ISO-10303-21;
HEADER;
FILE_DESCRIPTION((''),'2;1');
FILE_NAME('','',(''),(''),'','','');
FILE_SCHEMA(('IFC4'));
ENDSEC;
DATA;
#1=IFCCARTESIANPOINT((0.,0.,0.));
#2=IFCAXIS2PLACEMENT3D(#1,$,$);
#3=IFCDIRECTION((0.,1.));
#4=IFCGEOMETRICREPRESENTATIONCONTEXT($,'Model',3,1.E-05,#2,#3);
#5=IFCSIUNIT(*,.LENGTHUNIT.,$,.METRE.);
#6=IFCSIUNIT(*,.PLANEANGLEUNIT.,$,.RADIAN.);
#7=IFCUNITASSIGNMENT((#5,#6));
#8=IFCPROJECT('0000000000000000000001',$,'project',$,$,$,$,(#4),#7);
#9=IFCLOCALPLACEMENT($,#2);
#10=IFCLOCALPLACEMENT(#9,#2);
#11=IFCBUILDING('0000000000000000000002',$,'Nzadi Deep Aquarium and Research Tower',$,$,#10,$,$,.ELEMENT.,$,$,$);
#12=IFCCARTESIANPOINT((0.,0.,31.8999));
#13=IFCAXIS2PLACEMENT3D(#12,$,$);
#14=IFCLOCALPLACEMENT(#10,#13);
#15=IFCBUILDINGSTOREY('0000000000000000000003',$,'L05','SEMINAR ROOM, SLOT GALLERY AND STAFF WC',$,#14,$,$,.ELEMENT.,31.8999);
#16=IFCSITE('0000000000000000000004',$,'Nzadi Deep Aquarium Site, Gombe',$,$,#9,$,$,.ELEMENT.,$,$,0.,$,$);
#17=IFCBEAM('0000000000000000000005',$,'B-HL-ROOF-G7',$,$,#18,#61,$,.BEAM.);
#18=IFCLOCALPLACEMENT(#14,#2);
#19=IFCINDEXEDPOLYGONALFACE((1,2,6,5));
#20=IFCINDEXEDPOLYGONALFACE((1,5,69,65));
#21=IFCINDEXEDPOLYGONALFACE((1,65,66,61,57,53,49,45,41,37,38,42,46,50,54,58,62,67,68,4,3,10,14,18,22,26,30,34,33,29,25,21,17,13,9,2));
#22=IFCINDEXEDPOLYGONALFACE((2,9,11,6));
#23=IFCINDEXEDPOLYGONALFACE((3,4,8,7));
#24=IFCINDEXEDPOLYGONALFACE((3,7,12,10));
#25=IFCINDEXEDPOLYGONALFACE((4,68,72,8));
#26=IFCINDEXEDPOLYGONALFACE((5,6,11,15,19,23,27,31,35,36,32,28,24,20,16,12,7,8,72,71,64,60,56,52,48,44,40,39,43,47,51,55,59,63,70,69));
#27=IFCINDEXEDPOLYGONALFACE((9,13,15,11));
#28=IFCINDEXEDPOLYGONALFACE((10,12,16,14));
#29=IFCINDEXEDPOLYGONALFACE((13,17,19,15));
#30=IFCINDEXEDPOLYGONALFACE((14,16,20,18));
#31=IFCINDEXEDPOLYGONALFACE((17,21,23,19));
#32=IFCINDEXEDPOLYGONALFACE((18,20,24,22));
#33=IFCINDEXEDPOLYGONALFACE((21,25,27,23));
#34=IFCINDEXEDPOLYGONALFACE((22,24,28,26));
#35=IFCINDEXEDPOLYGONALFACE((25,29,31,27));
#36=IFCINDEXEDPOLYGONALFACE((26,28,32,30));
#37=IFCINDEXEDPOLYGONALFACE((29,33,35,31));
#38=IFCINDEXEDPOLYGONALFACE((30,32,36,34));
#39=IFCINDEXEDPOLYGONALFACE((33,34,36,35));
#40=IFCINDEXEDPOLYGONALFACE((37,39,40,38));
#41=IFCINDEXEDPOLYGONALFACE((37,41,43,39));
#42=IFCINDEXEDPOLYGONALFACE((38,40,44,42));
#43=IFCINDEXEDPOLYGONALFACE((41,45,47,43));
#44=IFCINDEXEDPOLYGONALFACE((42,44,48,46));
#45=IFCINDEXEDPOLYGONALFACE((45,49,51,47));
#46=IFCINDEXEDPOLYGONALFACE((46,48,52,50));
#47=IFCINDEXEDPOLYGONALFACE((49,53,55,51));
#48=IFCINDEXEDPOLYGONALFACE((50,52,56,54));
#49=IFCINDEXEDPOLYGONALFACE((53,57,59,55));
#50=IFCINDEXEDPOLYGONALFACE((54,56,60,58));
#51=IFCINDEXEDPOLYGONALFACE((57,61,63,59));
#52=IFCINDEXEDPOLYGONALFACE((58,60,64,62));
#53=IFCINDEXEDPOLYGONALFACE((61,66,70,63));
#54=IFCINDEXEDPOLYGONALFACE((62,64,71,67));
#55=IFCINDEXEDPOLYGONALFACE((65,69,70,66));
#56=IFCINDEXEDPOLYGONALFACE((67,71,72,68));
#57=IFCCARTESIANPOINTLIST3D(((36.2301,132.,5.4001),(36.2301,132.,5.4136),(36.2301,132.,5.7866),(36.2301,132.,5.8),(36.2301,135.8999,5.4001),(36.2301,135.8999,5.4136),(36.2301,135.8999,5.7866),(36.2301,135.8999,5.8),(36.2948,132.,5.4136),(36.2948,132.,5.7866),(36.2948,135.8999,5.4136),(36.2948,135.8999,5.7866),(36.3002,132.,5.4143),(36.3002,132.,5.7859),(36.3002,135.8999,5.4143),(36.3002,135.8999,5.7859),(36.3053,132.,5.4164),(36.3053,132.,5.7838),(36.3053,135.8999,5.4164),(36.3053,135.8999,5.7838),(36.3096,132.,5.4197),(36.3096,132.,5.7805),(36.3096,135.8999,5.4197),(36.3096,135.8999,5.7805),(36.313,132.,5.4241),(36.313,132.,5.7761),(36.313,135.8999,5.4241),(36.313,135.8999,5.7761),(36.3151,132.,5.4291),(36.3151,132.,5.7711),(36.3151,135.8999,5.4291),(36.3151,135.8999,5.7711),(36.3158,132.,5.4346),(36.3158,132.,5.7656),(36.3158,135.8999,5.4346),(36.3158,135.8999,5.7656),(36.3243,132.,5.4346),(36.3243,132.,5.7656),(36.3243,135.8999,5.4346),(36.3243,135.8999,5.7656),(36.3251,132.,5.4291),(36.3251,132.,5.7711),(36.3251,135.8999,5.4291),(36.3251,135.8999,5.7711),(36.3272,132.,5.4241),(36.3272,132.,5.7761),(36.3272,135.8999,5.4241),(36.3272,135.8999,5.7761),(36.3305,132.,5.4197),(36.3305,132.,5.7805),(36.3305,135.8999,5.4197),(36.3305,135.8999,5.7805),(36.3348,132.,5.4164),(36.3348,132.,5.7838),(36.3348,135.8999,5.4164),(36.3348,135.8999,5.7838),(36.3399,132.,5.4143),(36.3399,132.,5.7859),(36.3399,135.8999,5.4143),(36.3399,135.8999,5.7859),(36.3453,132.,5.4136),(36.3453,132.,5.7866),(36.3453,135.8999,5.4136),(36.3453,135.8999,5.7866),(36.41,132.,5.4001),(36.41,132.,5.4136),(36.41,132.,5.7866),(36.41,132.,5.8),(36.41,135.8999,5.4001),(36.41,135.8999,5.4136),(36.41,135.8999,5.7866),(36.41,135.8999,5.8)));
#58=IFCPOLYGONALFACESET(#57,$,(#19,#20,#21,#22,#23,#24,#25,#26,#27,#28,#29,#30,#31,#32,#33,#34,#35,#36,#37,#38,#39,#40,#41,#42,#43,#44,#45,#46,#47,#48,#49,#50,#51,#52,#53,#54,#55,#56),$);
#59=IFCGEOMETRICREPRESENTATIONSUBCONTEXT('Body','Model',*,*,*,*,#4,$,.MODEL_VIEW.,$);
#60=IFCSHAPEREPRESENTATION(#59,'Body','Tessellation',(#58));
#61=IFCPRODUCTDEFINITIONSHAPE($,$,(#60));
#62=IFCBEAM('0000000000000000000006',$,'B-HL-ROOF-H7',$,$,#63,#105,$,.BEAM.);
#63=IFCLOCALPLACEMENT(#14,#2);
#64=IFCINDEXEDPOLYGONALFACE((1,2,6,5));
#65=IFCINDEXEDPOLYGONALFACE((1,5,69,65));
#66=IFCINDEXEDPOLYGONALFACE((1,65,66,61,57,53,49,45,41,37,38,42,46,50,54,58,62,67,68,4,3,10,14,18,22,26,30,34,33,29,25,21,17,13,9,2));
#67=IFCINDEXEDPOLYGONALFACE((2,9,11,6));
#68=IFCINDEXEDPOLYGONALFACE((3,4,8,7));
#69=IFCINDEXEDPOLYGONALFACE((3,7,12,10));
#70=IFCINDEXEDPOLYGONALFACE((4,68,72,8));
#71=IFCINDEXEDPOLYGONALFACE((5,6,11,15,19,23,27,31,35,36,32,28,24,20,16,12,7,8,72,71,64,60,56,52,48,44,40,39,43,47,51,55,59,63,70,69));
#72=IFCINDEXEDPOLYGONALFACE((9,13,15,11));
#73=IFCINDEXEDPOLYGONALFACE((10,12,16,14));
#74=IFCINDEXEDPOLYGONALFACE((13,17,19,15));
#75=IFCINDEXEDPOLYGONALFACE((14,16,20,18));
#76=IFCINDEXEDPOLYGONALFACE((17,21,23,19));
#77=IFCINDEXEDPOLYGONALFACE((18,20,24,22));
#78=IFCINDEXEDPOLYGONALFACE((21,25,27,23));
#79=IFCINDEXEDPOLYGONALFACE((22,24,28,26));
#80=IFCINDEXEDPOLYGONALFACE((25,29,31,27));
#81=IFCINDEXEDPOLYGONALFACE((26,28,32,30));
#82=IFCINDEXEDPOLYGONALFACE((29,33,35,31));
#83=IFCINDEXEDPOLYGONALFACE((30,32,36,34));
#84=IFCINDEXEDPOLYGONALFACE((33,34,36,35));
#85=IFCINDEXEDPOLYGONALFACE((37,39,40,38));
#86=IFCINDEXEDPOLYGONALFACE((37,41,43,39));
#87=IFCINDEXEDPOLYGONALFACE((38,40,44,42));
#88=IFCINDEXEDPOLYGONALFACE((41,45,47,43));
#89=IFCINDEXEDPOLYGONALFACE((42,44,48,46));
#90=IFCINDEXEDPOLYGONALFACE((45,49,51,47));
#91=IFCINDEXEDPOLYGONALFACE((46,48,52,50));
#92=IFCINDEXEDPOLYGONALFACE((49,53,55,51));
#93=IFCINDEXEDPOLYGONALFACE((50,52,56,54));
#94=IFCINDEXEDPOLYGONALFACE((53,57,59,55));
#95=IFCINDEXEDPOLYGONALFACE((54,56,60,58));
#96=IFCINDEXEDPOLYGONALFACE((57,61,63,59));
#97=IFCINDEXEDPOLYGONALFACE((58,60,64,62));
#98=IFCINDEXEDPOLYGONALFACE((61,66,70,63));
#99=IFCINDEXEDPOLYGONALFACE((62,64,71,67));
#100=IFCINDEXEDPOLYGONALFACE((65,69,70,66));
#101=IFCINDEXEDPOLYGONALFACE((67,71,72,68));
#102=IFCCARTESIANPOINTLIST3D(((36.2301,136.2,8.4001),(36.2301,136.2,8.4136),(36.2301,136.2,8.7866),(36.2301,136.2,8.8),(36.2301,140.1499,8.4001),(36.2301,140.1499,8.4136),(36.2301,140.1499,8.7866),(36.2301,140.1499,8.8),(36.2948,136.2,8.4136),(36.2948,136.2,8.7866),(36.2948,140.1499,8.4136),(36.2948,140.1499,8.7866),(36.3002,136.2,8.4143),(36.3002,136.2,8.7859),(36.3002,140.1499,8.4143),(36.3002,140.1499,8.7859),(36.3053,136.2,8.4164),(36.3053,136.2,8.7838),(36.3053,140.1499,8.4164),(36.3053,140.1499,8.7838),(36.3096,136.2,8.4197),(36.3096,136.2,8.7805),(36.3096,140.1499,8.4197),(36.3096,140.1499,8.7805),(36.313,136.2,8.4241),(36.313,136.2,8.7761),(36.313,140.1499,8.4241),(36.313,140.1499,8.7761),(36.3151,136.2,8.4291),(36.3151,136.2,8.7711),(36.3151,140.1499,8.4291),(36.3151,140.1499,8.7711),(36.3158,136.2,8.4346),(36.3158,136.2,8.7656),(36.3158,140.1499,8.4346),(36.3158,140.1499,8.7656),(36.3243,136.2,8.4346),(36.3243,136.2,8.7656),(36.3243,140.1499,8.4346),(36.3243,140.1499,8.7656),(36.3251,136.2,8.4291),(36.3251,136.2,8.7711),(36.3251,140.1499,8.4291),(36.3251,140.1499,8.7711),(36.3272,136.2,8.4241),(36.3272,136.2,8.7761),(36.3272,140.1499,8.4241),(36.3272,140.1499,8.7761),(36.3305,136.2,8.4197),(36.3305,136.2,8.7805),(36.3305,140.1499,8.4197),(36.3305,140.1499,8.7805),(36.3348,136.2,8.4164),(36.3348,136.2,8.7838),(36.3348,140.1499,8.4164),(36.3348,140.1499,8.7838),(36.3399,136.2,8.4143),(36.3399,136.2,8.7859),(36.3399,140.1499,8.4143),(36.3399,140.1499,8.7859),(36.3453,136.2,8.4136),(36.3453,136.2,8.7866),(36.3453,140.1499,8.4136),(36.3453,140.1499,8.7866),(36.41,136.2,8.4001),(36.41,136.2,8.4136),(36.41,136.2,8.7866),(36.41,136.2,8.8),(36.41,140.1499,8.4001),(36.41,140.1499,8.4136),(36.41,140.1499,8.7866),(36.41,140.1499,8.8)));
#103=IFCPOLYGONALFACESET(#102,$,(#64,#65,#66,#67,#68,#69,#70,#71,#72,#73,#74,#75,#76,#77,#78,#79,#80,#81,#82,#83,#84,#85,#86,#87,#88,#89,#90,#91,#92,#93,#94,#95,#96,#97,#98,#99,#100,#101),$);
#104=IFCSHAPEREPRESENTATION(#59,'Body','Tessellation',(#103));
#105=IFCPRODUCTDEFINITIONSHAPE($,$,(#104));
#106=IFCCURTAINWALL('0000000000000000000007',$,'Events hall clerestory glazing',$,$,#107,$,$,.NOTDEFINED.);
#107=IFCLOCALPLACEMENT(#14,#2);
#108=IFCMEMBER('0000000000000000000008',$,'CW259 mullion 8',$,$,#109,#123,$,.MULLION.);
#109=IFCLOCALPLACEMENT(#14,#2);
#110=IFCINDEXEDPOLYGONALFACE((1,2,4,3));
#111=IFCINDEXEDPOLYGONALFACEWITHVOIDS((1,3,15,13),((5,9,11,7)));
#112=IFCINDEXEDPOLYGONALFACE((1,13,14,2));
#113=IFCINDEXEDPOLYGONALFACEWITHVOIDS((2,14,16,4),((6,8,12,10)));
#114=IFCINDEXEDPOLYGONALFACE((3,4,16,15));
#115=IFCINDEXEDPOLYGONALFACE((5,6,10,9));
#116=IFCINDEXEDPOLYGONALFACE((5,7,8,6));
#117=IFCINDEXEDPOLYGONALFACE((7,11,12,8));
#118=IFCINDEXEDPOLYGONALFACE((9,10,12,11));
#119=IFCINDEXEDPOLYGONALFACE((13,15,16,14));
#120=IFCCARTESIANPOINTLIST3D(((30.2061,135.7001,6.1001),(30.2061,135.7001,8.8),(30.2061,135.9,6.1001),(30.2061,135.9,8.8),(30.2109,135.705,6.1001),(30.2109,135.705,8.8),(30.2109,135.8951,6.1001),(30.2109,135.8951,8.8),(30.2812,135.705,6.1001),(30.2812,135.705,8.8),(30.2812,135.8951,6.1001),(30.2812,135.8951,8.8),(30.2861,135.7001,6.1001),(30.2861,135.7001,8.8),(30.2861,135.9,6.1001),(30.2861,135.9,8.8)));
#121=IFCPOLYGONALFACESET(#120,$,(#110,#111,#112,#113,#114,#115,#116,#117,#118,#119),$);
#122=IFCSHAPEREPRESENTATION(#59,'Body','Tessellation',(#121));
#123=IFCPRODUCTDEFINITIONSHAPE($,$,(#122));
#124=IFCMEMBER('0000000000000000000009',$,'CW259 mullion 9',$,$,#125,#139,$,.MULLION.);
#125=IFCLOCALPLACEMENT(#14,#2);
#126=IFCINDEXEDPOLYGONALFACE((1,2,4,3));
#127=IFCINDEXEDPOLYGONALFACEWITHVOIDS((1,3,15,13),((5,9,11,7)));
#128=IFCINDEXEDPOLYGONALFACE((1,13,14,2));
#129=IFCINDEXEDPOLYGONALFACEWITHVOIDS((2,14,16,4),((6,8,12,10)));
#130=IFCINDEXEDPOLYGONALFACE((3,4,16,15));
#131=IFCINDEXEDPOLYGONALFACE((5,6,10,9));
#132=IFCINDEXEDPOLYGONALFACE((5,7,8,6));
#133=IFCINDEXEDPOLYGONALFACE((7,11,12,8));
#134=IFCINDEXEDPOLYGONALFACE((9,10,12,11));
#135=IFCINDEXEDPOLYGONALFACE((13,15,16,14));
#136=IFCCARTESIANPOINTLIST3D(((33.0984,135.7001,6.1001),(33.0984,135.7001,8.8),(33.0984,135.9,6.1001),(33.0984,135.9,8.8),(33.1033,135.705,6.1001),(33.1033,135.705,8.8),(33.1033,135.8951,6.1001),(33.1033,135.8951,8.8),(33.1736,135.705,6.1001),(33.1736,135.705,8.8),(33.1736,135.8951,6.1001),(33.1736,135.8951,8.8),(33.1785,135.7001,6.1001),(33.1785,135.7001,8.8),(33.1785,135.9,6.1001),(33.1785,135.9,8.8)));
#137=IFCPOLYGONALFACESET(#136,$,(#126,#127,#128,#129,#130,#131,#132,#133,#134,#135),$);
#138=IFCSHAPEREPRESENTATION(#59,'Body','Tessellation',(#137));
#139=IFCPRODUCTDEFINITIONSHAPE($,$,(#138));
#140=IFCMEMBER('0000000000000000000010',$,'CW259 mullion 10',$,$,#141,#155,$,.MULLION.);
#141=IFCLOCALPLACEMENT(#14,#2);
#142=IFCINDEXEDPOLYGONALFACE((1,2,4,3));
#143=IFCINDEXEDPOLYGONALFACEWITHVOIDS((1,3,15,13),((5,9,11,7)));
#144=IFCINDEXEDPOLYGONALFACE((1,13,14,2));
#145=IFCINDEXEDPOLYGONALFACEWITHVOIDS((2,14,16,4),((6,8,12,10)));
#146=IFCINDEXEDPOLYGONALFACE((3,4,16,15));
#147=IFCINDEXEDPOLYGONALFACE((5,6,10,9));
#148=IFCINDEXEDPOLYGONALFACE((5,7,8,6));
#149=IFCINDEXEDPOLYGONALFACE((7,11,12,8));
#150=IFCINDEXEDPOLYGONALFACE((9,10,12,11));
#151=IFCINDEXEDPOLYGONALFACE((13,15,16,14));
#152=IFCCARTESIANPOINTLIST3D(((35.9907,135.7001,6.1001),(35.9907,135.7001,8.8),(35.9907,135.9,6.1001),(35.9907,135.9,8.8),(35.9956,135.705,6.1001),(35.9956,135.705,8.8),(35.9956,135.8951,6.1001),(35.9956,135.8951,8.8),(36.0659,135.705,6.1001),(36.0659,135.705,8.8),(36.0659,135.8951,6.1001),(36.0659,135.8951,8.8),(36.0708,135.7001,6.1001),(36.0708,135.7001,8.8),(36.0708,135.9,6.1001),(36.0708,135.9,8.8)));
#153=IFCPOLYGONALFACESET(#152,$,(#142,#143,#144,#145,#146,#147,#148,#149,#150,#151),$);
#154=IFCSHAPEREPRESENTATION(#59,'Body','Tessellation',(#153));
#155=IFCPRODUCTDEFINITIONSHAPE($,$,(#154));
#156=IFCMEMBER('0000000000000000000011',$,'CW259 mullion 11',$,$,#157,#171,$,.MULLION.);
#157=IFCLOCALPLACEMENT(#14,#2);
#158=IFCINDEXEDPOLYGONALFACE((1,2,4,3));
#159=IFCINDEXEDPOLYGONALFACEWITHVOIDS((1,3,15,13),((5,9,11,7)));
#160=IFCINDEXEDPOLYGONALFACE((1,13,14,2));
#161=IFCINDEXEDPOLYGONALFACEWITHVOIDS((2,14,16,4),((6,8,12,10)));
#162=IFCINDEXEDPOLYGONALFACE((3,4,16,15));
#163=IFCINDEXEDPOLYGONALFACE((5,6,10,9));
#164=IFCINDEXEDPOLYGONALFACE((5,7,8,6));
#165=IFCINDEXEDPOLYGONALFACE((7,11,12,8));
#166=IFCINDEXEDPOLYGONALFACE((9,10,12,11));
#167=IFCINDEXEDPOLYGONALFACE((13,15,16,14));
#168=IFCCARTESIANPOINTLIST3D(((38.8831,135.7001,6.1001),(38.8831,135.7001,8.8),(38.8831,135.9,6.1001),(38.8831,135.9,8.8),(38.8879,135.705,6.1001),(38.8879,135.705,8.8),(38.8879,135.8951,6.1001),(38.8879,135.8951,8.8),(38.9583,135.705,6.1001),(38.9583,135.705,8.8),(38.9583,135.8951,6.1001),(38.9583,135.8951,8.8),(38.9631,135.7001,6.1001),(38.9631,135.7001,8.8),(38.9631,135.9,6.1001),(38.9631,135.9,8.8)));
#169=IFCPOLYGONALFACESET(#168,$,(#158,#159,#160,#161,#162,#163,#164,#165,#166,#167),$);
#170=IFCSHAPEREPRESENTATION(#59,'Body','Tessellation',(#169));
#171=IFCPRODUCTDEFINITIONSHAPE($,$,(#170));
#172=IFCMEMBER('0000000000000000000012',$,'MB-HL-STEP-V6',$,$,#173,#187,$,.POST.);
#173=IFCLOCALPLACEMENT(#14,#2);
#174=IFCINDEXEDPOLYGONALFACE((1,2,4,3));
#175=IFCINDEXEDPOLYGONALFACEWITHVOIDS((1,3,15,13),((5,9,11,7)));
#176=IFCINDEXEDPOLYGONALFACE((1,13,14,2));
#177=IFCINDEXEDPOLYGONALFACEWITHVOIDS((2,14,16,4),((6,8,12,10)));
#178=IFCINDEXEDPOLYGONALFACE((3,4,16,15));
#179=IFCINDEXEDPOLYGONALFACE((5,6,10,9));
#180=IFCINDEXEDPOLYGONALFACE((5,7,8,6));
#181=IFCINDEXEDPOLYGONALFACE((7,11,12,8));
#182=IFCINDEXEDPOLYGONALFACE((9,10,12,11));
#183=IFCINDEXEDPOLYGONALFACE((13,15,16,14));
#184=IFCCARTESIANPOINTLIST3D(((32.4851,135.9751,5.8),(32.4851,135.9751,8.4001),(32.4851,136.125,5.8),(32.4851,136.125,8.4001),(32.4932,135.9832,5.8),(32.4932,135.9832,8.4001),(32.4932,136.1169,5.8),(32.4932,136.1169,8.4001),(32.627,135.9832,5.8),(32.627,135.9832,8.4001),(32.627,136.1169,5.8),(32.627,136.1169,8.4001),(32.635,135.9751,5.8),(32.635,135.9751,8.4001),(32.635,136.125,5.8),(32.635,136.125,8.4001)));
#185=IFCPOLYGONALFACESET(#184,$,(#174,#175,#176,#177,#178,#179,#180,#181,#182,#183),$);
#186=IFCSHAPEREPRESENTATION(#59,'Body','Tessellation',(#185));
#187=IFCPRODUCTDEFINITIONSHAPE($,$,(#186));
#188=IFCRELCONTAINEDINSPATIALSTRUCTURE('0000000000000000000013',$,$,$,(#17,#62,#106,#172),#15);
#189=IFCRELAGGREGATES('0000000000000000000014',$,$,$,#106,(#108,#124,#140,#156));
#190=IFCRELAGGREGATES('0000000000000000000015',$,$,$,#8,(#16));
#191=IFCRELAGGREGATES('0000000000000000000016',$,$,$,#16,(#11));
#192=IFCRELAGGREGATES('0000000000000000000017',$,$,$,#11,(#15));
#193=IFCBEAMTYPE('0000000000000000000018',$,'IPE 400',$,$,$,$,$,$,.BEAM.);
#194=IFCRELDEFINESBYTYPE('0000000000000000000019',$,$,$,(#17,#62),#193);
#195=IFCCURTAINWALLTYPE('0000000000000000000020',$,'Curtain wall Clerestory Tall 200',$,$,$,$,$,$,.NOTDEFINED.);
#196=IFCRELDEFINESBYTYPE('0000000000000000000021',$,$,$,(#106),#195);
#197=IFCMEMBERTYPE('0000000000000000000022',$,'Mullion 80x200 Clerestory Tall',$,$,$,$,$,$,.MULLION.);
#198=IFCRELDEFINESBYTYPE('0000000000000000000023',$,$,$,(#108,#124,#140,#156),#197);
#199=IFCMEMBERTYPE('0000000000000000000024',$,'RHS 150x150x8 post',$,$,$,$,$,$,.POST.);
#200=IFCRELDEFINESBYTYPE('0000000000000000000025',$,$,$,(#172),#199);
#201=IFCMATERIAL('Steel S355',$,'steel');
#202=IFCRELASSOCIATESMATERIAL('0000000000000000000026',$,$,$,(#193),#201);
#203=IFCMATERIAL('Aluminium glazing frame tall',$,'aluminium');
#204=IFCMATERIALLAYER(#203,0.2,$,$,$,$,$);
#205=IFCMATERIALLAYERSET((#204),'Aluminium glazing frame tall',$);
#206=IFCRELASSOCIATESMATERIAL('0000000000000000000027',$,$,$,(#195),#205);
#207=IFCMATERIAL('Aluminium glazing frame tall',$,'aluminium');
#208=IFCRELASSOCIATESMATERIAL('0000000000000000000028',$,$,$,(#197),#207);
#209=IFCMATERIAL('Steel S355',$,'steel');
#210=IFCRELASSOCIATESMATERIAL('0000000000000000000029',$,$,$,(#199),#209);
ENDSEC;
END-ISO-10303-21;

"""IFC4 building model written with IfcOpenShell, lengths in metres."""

from ifc_helpers import new_model, si_unit, direction, frame, origin, origin_2d, place, context, subcontext, project, spatial, hollow_rectangle, i_section, extrude, material, layer, layer_set, material_profile, profile_set, type_object, element, aggregate, save


model = new_model("IFC4")

# Units and contexts
model_context = context("Model", 3, precision=1e-05, world=origin(), true_north=direction((0.0, 1.0)))
body_context = subcontext(model_context, "Body", "Model", "MODEL_VIEW")
ifc_project = project(units=[si_unit("LENGTHUNIT", "METRE"), si_unit("PLANEANGLEUNIT", "RADIAN")], contexts=[model_context])

# Site, building, storey
site_placement = place(None, origin())
site = spatial("IfcSite", under=ifc_project, at=site_placement, Name="Nzadi Deep Aquarium Site, Gombe", CompositionType="ELEMENT", RefElevation=0.0)
building_placement = place(site_placement, origin())
building = spatial("IfcBuilding", under=site, at=building_placement, Name="Nzadi Deep Aquarium and Research Tower", CompositionType="ELEMENT")
storey_placement = place(building_placement, frame((0.0, 0.0, 31.8999)))
storey = spatial("IfcBuildingStorey", under=building, at=storey_placement, Name="L05", Description="SEMINAR ROOM, SLOT GALLERY AND STAFF WC", CompositionType="ELEMENT", Elevation=31.8999)

# Beams
ifc_material_1 = material(Name="Steel S355", Category="steel")
ifc_material_profile_1 = material_profile(ifc_material_1, i_section(OverallWidth=0.1799, OverallDepth=0.3999, WebThickness=0.0085, FlangeThickness=0.0134, FilletRadius=0.021, at=origin_2d()))
ifc_profile_set_1 = profile_set([ifc_material_profile_1], Name="Steel S355")
beam_type = type_object("IfcBeamType", Name="IPE 400", PredefinedType="BEAM", material=ifc_profile_set_1)
beam_1_placement = place(storey_placement, frame((36.3201, 132.0, 5.6001), z_axis=(0.0, 1.0, 0.0), x_axis=(-1.0, 0.0, 0.0)))
element("IfcBeam", 1, at=beam_1_placement, inside=storey, type_object=beam_type, Name="B-HL-ROOF-G7", PredefinedType="BEAM", context=body_context, shape_type="SweptSolid", body=[
    extrude(i_section(OverallWidth=0.1799, OverallDepth=0.3999, WebThickness=0.0085, FlangeThickness=0.0134, FilletRadius=0.021, at=origin_2d()), origin(), (0.0, 0.0, 1.0), 3.8999),
])
beam_2_placement = place(storey_placement, frame((36.3201, 136.2, 8.6001), z_axis=(0.0, 1.0, 0.0), x_axis=(-1.0, 0.0, 0.0)))
element("IfcBeam", 2, at=beam_2_placement, inside=storey, type_object=beam_type, Name="B-HL-ROOF-H7", PredefinedType="BEAM", context=body_context, shape_type="SweptSolid", body=[
    extrude(i_section(OverallWidth=0.1799, OverallDepth=0.3999, WebThickness=0.0085, FlangeThickness=0.0134, FilletRadius=0.021, at=origin_2d()), origin(), (0.0, 0.0, 1.0), 3.95),
])

# Curtain wall, members
ifc_material_2 = material(Name="Aluminium glazing frame tall", Category="aluminium")
ifc_layer_1 = layer(ifc_material_2, 0.2)
ifc_layer_set_1 = layer_set([ifc_layer_1], Name="Aluminium glazing frame tall")
curtain_wall_type = type_object("IfcCurtainWallType", Name="Curtain wall Clerestory Tall 200", PredefinedType="NOTDEFINED", material=ifc_layer_set_1)
curtain_wall_placement = place(storey_placement, origin())
curtain_wall = element("IfcCurtainWall", 3, at=curtain_wall_placement, inside=storey, type_object=curtain_wall_type, Name="Events hall clerestory glazing", PredefinedType="NOTDEFINED")
ifc_material_3 = material(Name="Aluminium glazing frame tall", Category="aluminium")
ifc_material_profile_2 = material_profile(ifc_material_3, hollow_rectangle(XDim=0.2, YDim=0.0801, WallThickness=0.0049, at=origin_2d()))
ifc_profile_set_2 = profile_set([ifc_material_profile_2], Name="Aluminium glazing frame tall")
member_type_1 = type_object("IfcMemberType", Name="Mullion 80x200 Clerestory Tall", PredefinedType="MULLION", material=ifc_profile_set_2)
member_1_placement = place(storey_placement, frame((30.2461, 135.8, 6.1001), z_axis=(0.0, 0.0, 1.0), x_axis=(0.0, 1.0, 0.0)))
member_1 = element("IfcMember", 4, at=member_1_placement, type_object=member_type_1, Name="CW259 mullion 8", PredefinedType="MULLION", context=body_context, shape_type="SweptSolid", body=[
    extrude(hollow_rectangle(XDim=0.2, YDim=0.0801, WallThickness=0.0049, at=origin_2d()), origin(), (0.0, 0.0, 1.0), 2.7),
])
member_2_placement = place(storey_placement, frame((33.1384, 135.8, 6.1001), z_axis=(0.0, 0.0, 1.0), x_axis=(0.0, 1.0, 0.0)))
member_2 = element("IfcMember", 5, at=member_2_placement, type_object=member_type_1, Name="CW259 mullion 9", PredefinedType="MULLION", context=body_context, shape_type="SweptSolid", body=[
    extrude(hollow_rectangle(XDim=0.2, YDim=0.0801, WallThickness=0.0049, at=origin_2d()), origin(), (0.0, 0.0, 1.0), 2.7),
])
member_3_placement = place(storey_placement, frame((36.0308, 135.8, 6.1001), z_axis=(0.0, 0.0, 1.0), x_axis=(0.0, 1.0, 0.0)))
member_3 = element("IfcMember", 6, at=member_3_placement, type_object=member_type_1, Name="CW259 mullion 10", PredefinedType="MULLION", context=body_context, shape_type="SweptSolid", body=[
    extrude(hollow_rectangle(XDim=0.2, YDim=0.0801, WallThickness=0.0049, at=origin_2d()), origin(), (0.0, 0.0, 1.0), 2.7),
])
member_4_placement = place(storey_placement, frame((38.9231, 135.8, 6.1001), z_axis=(0.0, 0.0, 1.0), x_axis=(0.0, 1.0, 0.0)))
member_4 = element("IfcMember", 7, at=member_4_placement, type_object=member_type_1, Name="CW259 mullion 11", PredefinedType="MULLION", context=body_context, shape_type="SweptSolid", body=[
    extrude(hollow_rectangle(XDim=0.2, YDim=0.0801, WallThickness=0.0049, at=origin_2d()), origin(), (0.0, 0.0, 1.0), 2.7),
])

# Member
ifc_material_4 = material(Name="Steel S355", Category="steel")
ifc_material_profile_3 = material_profile(ifc_material_4, hollow_rectangle(XDim=0.1499, YDim=0.1499, WallThickness=0.0081, at=origin_2d()))
ifc_profile_set_3 = profile_set([ifc_material_profile_3], Name="Steel S355")
member_type_2 = type_object("IfcMemberType", Name="RHS 150x150x8 post", PredefinedType="POST", material=ifc_profile_set_3)
for number, where, z_axis, x_axis, name in (
    (8, (32.5601, 136.05, 5.8), (0.0, 0.0, 1.0), (1.0, 0.0, 0.0), "MB-HL-STEP-V6"),
):
    element("IfcMember", number, at=place(storey_placement, frame(where, z_axis=z_axis, x_axis=x_axis)), inside=storey, type_object=member_type_2, Name=name, PredefinedType="POST", context=body_context, shape_type="SweptSolid", body=[
        extrude(hollow_rectangle(XDim=0.1499, YDim=0.1499, WallThickness=0.0081, at=origin_2d()), origin(), (0.0, 0.0, 1.0), 2.6001),
    ])

aggregate(curtain_wall, [member_1, member_2, member_3, member_4])

save(model, "model.ifc")
